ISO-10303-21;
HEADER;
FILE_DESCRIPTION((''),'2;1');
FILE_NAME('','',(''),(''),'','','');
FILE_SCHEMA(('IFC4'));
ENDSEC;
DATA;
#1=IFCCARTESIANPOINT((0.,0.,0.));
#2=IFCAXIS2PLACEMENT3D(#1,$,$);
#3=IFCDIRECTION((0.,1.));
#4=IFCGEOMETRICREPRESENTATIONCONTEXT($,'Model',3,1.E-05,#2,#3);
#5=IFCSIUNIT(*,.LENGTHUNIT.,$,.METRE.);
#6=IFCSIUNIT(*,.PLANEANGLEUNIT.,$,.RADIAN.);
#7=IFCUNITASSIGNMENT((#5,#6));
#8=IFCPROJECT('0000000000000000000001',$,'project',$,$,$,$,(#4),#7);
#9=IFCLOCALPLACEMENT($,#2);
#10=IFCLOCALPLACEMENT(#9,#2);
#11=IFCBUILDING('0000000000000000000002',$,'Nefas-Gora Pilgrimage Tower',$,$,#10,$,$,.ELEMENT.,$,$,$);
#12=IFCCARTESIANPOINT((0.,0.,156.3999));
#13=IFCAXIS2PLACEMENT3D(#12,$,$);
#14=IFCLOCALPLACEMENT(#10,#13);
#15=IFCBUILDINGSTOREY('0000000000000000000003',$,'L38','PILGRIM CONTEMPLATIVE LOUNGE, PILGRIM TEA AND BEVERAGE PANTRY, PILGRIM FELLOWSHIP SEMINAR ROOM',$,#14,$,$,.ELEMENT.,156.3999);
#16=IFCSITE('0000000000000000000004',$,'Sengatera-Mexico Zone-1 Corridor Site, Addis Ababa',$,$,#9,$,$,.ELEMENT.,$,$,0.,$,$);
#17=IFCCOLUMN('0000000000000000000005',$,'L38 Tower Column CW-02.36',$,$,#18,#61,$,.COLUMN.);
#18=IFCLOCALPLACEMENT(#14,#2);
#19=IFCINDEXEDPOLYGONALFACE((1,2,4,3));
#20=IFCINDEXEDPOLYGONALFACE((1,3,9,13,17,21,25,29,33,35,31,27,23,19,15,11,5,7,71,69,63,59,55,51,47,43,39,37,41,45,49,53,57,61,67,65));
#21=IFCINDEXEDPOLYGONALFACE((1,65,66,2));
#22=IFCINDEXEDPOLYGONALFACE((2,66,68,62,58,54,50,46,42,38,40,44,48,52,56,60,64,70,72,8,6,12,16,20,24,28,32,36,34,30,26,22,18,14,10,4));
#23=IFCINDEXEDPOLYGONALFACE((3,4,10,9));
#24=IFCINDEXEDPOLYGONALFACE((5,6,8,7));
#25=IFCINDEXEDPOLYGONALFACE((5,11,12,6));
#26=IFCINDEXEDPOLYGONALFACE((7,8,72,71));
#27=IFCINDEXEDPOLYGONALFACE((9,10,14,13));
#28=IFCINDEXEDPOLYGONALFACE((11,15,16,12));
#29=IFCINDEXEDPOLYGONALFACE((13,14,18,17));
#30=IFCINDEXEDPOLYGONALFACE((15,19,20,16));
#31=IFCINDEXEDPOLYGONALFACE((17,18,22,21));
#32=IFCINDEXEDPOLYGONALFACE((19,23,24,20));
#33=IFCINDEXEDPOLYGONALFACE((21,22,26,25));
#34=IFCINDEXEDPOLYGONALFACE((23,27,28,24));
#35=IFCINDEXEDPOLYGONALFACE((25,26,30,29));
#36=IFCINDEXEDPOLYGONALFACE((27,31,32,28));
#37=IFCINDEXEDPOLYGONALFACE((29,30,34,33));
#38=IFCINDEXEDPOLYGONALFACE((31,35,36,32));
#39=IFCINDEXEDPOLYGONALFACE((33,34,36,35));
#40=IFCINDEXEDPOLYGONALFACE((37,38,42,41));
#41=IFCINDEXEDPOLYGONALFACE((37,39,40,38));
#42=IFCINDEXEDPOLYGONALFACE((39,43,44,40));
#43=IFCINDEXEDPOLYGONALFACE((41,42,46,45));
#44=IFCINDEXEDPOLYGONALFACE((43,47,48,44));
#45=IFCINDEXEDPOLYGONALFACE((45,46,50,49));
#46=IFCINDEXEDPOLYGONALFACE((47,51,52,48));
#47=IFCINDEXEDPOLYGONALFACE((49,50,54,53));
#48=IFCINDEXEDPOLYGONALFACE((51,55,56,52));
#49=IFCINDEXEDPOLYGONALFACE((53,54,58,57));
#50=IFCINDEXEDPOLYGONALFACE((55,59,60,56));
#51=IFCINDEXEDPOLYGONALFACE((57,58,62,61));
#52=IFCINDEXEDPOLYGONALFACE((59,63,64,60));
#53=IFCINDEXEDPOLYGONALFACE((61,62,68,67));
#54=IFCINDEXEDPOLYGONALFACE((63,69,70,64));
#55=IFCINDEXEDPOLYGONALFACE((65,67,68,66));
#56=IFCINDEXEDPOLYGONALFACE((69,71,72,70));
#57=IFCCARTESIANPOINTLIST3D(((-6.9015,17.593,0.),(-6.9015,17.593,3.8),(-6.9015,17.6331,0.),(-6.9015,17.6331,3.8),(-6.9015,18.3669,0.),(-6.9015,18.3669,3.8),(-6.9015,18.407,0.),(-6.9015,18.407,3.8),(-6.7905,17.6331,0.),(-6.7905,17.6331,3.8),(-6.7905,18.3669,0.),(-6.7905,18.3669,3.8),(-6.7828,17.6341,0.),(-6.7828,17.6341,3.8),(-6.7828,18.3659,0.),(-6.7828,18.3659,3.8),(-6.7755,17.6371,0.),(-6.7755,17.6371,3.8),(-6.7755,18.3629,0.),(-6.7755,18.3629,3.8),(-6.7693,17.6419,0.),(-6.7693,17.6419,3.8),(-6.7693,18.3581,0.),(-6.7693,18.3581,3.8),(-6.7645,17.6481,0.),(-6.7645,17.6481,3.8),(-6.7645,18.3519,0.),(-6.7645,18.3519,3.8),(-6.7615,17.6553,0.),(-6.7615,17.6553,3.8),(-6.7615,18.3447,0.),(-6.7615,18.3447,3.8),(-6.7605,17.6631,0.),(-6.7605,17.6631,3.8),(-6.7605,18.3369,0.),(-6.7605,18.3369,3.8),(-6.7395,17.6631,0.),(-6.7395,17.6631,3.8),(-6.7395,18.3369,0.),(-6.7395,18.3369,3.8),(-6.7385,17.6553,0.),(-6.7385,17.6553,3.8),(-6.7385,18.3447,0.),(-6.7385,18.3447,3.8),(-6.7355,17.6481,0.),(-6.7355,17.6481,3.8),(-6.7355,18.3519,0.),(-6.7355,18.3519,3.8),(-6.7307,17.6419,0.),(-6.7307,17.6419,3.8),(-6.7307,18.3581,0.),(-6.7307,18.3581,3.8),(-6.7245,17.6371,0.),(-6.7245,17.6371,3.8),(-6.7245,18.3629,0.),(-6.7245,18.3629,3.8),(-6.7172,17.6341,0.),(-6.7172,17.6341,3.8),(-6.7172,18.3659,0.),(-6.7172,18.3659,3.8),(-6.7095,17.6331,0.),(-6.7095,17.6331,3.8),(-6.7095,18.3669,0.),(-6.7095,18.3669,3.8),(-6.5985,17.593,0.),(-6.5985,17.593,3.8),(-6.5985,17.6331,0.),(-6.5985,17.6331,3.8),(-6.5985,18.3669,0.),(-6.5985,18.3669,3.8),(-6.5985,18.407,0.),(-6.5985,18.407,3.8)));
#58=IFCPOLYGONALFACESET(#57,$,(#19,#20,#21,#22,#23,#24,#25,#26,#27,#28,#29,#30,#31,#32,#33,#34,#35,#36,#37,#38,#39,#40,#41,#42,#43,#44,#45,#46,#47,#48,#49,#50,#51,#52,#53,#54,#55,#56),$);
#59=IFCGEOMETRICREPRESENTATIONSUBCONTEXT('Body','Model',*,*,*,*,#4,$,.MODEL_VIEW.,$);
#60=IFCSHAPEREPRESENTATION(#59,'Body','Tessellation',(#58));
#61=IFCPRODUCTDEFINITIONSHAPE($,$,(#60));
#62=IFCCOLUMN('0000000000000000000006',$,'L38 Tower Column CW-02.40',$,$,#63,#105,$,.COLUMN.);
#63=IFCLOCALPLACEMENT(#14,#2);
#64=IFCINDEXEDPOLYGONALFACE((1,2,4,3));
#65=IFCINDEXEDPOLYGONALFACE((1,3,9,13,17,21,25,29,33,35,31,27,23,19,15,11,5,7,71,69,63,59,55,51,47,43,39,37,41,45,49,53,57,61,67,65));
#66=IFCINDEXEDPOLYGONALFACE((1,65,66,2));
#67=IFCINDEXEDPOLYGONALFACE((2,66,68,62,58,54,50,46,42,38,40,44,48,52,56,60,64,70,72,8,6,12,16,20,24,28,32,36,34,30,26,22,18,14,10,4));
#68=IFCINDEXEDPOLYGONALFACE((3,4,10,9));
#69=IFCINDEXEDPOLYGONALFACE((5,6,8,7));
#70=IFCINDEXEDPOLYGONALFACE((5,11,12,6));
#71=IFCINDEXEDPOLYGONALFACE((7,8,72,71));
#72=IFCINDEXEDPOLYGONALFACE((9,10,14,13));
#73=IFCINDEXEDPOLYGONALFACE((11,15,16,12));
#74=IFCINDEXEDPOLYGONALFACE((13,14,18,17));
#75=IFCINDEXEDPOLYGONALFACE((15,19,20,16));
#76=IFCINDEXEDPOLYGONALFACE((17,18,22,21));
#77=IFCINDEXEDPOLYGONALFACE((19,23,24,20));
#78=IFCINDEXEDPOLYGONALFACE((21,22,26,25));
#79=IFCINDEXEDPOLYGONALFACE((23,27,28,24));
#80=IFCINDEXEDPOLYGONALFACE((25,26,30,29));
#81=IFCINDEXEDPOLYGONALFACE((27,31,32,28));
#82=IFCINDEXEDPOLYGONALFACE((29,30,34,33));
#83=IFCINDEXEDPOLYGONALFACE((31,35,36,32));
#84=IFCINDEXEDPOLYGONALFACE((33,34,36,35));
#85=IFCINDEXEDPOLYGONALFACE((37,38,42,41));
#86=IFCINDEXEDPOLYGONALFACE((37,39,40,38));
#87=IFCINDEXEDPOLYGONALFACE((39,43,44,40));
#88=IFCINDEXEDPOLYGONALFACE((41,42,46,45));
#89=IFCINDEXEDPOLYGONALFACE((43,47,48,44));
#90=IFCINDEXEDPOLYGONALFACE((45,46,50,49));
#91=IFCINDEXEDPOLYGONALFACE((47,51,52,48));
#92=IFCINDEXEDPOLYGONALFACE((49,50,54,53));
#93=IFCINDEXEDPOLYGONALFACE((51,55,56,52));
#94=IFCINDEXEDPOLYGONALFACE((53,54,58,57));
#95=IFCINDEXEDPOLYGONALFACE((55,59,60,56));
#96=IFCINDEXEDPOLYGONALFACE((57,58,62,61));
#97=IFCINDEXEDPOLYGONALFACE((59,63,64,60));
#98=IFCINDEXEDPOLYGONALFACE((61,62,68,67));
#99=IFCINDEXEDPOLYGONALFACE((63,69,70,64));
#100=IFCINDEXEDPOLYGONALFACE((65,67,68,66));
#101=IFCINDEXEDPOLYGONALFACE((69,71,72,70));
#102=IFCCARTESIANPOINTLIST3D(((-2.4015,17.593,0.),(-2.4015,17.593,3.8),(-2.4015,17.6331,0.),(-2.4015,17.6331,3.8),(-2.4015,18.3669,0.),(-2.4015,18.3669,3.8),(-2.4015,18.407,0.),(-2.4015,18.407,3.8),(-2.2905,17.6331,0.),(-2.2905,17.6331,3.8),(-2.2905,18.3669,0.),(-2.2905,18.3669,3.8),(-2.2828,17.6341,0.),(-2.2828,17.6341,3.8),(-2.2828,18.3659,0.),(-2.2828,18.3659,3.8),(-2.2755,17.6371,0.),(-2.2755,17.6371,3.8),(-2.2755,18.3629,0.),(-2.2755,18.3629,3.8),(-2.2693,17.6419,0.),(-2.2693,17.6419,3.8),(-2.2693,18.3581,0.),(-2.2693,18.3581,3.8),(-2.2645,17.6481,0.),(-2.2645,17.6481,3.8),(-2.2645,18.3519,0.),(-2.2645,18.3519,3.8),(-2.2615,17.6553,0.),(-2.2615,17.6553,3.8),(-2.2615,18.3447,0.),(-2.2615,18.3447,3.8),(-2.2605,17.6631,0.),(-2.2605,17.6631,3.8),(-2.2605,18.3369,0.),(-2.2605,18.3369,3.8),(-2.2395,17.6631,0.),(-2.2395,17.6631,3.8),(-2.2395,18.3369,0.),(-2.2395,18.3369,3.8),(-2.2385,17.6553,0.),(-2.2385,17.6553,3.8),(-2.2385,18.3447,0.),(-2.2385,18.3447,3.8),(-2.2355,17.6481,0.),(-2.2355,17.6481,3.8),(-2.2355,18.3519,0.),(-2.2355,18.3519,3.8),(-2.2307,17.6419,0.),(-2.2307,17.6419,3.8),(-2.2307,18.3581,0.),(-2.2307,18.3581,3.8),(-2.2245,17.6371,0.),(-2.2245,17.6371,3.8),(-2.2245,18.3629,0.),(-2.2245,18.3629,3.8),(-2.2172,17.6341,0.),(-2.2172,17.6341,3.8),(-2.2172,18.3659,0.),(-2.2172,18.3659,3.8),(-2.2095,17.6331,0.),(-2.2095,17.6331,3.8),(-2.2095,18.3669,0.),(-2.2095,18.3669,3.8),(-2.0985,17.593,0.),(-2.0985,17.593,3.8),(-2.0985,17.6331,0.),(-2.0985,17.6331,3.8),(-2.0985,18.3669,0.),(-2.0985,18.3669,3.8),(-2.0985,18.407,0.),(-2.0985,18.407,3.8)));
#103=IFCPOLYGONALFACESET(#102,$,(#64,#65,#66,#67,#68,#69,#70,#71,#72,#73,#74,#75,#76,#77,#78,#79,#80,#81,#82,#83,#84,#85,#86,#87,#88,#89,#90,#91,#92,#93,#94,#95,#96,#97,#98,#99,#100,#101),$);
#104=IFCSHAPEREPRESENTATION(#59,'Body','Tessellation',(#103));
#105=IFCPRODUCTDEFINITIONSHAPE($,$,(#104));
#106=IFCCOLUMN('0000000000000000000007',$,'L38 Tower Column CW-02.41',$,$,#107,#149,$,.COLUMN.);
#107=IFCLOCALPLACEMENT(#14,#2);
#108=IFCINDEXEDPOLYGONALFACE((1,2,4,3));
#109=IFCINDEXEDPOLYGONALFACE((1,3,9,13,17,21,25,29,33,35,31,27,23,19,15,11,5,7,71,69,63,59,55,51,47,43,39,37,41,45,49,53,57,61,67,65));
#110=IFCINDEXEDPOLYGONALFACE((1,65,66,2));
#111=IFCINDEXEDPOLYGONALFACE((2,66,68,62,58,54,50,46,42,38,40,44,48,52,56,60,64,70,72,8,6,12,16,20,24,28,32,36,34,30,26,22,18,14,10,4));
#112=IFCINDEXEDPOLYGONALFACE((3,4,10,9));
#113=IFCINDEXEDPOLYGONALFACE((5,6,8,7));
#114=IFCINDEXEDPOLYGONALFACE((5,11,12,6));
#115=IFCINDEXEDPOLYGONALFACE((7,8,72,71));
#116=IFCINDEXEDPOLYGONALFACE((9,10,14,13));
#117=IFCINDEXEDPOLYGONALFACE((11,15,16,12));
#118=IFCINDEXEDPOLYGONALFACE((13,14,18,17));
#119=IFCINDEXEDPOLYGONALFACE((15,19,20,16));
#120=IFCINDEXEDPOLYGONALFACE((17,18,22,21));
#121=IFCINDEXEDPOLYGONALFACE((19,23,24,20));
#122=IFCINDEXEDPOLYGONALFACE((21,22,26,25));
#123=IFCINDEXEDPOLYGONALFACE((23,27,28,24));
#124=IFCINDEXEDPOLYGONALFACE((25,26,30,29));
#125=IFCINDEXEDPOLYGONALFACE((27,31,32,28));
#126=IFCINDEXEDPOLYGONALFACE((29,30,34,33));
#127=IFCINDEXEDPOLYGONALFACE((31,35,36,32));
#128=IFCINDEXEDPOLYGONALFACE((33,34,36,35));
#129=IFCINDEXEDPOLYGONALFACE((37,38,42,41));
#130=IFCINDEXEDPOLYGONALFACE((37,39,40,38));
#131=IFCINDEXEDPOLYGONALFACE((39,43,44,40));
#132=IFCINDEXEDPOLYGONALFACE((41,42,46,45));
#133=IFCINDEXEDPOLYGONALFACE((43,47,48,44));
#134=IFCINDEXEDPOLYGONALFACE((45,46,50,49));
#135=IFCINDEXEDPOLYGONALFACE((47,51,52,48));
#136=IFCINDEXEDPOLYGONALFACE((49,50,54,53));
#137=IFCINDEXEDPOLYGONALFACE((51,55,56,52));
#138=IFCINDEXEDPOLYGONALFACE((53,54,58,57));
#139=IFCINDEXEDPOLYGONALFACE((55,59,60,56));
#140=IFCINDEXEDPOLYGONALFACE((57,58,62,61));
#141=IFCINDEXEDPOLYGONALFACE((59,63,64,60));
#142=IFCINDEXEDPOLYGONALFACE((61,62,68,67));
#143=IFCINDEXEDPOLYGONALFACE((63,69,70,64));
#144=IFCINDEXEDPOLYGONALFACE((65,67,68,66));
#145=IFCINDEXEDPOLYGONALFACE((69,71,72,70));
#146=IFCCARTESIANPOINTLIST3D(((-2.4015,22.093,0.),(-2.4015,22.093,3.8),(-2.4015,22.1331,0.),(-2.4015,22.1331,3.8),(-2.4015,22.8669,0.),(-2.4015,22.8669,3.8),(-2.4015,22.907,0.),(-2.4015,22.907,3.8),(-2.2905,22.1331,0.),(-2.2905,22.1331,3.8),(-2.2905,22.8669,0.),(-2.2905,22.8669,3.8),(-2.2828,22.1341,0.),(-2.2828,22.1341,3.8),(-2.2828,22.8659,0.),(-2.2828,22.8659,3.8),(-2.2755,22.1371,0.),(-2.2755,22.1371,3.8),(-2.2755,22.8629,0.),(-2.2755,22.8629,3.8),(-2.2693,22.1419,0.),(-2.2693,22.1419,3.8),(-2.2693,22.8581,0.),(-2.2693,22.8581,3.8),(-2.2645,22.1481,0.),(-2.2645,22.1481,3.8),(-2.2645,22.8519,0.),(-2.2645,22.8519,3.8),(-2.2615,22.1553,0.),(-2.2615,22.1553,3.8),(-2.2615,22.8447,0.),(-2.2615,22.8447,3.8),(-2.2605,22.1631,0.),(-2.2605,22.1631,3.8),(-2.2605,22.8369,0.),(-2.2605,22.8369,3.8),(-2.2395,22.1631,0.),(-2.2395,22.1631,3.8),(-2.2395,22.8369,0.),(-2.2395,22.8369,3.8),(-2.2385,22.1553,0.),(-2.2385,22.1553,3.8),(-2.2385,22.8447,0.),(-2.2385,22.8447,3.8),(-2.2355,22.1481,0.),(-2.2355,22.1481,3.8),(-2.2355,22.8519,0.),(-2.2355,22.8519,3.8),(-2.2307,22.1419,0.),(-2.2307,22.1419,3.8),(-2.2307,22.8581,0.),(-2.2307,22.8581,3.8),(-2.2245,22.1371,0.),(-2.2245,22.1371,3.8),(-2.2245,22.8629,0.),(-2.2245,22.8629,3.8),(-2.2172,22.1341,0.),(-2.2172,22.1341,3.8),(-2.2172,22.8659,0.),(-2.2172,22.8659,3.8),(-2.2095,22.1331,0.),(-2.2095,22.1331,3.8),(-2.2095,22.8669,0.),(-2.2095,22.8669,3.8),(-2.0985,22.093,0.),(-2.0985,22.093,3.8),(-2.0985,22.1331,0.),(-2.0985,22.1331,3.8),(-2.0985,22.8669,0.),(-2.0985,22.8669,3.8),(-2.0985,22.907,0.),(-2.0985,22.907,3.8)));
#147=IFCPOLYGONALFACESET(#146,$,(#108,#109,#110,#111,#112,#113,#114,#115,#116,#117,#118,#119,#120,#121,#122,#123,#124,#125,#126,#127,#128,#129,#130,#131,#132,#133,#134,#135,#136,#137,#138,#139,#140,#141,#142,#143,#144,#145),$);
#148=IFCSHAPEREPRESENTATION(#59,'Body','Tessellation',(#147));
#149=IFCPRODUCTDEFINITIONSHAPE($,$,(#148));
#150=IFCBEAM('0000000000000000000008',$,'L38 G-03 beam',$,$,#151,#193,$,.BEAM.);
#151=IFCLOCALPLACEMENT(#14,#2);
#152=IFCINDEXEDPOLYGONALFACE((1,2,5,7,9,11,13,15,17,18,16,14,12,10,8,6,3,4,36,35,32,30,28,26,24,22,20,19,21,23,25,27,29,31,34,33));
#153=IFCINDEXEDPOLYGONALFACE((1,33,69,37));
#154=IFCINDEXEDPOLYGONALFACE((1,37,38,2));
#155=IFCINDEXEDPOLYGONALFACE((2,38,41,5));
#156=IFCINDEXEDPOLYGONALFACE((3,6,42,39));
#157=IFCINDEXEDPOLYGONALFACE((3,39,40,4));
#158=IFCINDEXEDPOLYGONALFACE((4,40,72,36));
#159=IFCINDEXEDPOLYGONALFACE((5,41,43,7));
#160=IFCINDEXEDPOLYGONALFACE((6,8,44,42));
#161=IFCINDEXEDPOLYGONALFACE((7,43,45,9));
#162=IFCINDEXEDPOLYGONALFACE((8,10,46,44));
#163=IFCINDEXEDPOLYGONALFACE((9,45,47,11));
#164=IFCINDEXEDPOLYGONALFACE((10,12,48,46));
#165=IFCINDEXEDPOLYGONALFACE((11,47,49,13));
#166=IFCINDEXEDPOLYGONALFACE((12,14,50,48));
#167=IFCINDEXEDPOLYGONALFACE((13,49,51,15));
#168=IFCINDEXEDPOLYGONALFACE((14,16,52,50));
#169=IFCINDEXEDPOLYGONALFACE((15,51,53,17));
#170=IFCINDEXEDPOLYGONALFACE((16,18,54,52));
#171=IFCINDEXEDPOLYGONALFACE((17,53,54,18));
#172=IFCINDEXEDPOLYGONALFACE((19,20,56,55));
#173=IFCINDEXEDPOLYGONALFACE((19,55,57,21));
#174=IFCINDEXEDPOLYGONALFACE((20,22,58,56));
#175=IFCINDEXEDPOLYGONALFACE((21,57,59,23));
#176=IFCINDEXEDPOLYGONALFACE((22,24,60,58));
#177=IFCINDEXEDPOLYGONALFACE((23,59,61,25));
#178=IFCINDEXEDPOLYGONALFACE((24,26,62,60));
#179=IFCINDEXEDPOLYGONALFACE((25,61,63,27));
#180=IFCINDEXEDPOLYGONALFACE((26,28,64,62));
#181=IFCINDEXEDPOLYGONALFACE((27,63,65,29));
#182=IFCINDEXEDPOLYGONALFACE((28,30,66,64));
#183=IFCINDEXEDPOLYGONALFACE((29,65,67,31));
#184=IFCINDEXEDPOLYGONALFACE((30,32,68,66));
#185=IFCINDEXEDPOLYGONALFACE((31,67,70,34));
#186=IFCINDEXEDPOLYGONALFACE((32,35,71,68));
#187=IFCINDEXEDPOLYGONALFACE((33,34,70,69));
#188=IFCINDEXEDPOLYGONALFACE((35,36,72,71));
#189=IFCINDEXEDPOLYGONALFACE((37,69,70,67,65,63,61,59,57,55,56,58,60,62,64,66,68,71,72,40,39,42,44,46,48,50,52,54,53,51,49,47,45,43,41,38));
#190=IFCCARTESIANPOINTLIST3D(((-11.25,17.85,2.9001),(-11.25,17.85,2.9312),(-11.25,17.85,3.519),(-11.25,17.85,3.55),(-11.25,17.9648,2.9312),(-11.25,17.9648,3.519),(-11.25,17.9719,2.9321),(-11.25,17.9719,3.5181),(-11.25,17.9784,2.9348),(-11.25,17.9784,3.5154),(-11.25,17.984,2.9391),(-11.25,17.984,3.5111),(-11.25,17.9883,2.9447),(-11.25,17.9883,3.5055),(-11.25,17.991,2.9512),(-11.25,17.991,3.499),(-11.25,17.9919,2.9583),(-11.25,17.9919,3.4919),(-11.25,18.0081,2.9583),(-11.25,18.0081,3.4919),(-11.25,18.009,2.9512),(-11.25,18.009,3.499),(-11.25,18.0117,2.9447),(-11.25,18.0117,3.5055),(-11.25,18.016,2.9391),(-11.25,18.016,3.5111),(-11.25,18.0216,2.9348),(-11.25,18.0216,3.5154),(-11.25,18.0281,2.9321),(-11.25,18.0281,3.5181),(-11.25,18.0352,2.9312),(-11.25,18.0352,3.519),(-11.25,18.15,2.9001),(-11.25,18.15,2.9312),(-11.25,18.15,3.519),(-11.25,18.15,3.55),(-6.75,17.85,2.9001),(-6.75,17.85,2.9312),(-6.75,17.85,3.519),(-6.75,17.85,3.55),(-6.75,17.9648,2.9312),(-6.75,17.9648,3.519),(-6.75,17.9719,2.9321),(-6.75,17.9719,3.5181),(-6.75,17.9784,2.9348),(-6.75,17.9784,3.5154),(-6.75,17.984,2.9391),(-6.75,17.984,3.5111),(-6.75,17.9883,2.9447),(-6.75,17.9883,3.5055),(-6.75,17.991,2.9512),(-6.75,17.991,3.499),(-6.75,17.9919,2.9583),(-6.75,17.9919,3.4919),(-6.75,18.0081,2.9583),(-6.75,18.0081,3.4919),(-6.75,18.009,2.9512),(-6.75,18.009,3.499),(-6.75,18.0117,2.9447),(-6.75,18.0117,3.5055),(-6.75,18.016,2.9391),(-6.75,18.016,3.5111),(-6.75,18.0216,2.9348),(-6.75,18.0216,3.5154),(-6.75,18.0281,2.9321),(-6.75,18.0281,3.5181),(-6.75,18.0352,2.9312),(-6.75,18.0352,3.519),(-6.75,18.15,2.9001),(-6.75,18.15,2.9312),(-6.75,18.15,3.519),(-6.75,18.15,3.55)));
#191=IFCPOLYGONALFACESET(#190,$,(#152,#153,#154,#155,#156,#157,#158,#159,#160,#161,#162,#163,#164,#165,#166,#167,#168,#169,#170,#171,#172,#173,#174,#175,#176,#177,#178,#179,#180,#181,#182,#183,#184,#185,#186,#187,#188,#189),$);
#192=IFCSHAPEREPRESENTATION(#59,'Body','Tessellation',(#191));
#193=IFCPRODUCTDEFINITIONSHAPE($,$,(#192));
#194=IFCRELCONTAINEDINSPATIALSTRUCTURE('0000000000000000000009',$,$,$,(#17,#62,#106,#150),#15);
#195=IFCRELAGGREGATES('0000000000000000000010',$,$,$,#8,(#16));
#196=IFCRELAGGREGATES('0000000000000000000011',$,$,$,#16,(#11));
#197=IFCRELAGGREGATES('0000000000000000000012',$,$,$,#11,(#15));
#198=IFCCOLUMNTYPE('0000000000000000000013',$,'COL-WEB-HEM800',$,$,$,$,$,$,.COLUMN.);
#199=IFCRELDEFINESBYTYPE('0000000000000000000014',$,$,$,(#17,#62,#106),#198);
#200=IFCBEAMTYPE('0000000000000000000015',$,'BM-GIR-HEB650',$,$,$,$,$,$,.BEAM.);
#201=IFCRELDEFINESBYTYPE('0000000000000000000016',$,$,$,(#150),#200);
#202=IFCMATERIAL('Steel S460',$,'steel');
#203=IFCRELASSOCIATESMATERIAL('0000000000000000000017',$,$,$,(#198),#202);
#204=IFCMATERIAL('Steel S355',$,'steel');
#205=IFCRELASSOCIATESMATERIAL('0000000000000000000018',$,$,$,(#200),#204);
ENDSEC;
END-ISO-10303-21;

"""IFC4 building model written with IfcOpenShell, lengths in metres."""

from ifc_helpers import new_model, si_unit, direction, frame, origin, origin_2d, place, context, subcontext, project, spatial, i_section, extrude, source, transform, mapped, material, material_profile, profile_set, type_object, element, save


model = new_model("IFC4")

# Units and contexts
model_context = context("Model", 3, precision=1e-05, world=origin(), true_north=direction((0.0, 1.0)))
body_context = subcontext(model_context, "Body", "Model", "MODEL_VIEW")
ifc_project = project(units=[si_unit("LENGTHUNIT", "METRE"), si_unit("PLANEANGLEUNIT", "RADIAN")], contexts=[model_context])

# Site, building, storey
site_placement = place(None, origin())
site = spatial("IfcSite", under=ifc_project, at=site_placement, Name="Sengatera-Mexico Zone-1 Corridor Site, Addis Ababa", CompositionType="ELEMENT", RefElevation=0.0)
building_placement = place(site_placement, origin())
building = spatial("IfcBuilding", under=site, at=building_placement, Name="Nefas-Gora Pilgrimage Tower", CompositionType="ELEMENT")
storey_placement = place(building_placement, frame((0.0, 0.0, 156.3999)))
storey = spatial("IfcBuildingStorey", under=building, at=storey_placement, Name="L38", Description="PILGRIM CONTEMPLATIVE LOUNGE, PILGRIM TEA AND BEVERAGE PANTRY, PILGRIM FELLOWSHIP SEMINAR ROOM", CompositionType="ELEMENT", Elevation=156.3999)

# Columns
ifc_material_1 = material(Name="Steel S460", Category="steel")
ifc_material_profile_1 = material_profile(ifc_material_1, i_section(OverallWidth=0.303, OverallDepth=0.814, WebThickness=0.021, FlangeThickness=0.04, FilletRadius=0.03, at=origin_2d()), Name="HEM 800")
ifc_profile_set_1 = profile_set([ifc_material_profile_1], Name="Steel S460")
column_type_1 = type_object("IfcColumnType", Name="COL-WEB-HEM800", PredefinedType="COLUMN", material=ifc_profile_set_1)
shared_shape_1 = source(origin(), body_context, "Body", "SweptSolid", [
    extrude(i_section(OverallWidth=0.303, OverallDepth=0.814, WebThickness=0.021, FlangeThickness=0.04, FilletRadius=0.03, at=origin_2d()), origin(), (0.0, 0.0, 1.0), 3.8),
])
for number, where, z_axis, x_axis, name in (
    (1, (-6.75, 18.0, 0.0), (0.0, 0.0, 1.0), (1.0, 0.0, 0.0), "L38 Tower Column CW-02.36"),
    (2, (-2.25, 18.0, 0.0), (0.0, 0.0, 1.0), (1.0, 0.0, 0.0), "L38 Tower Column CW-02.40"),
    (3, (-2.25, 22.5, 0.0), (0.0, 0.0, 1.0), (1.0, 0.0, 0.0), "L38 Tower Column CW-02.41"),
):
    element("IfcColumn", number, at=place(storey_placement, frame(where, z_axis=z_axis, x_axis=x_axis)), inside=storey, type_object=column_type_1, Name=name, PredefinedType="COLUMN", context=body_context, shape_type="MappedRepresentation", body=[
        mapped(shared_shape_1, transform((0.0, 0.0, 0.0), x_axis=(1.0, 0.0, 0.0), y_axis=(0.0, 1.0, 0.0), z_axis=(0.0, 0.0, 1.0), scale=1.0)),
    ])

# Beam
ifc_material_2 = material(Name="Steel S355", Category="steel")
ifc_material_profile_2 = material_profile(ifc_material_2, i_section(OverallWidth=0.3, OverallDepth=0.6499, WebThickness=0.0161, FlangeThickness=0.031, FilletRadius=0.0271, at=origin_2d()), Name="HEB 650")
ifc_profile_set_2 = profile_set([ifc_material_profile_2], Name="Steel S355")
beam_type = type_object("IfcBeamType", Name="BM-GIR-HEB650", PredefinedType="BEAM", material=ifc_profile_set_2)
shared_shape_2 = source(origin(), body_context, "Body", "SweptSolid", [
    extrude(i_section(OverallWidth=0.3, OverallDepth=0.6499, WebThickness=0.0161, FlangeThickness=0.031, FilletRadius=0.0271, at=origin_2d()), origin(), (0.0, 0.0, 1.0), 4.5),
])
for number, where, z_axis, x_axis, name in (
    (4, (-11.25, 18.0, 3.2251), (1.0, 0.0, 0.0), (0.0, 1.0, 0.0), "L38 G-03 beam"),
):
    element("IfcBeam", number, at=place(storey_placement, frame(where, z_axis=z_axis, x_axis=x_axis)), inside=storey, type_object=beam_type, Name=name, PredefinedType="BEAM", context=body_context, shape_type="MappedRepresentation", body=[
        mapped(shared_shape_2, transform((0.0, 0.0, 0.0), x_axis=(1.0, 0.0, 0.0), y_axis=(0.0, 1.0, 0.0), z_axis=(0.0, 0.0, 1.0), scale=1.0)),
    ])

save(model, "model.ifc")
